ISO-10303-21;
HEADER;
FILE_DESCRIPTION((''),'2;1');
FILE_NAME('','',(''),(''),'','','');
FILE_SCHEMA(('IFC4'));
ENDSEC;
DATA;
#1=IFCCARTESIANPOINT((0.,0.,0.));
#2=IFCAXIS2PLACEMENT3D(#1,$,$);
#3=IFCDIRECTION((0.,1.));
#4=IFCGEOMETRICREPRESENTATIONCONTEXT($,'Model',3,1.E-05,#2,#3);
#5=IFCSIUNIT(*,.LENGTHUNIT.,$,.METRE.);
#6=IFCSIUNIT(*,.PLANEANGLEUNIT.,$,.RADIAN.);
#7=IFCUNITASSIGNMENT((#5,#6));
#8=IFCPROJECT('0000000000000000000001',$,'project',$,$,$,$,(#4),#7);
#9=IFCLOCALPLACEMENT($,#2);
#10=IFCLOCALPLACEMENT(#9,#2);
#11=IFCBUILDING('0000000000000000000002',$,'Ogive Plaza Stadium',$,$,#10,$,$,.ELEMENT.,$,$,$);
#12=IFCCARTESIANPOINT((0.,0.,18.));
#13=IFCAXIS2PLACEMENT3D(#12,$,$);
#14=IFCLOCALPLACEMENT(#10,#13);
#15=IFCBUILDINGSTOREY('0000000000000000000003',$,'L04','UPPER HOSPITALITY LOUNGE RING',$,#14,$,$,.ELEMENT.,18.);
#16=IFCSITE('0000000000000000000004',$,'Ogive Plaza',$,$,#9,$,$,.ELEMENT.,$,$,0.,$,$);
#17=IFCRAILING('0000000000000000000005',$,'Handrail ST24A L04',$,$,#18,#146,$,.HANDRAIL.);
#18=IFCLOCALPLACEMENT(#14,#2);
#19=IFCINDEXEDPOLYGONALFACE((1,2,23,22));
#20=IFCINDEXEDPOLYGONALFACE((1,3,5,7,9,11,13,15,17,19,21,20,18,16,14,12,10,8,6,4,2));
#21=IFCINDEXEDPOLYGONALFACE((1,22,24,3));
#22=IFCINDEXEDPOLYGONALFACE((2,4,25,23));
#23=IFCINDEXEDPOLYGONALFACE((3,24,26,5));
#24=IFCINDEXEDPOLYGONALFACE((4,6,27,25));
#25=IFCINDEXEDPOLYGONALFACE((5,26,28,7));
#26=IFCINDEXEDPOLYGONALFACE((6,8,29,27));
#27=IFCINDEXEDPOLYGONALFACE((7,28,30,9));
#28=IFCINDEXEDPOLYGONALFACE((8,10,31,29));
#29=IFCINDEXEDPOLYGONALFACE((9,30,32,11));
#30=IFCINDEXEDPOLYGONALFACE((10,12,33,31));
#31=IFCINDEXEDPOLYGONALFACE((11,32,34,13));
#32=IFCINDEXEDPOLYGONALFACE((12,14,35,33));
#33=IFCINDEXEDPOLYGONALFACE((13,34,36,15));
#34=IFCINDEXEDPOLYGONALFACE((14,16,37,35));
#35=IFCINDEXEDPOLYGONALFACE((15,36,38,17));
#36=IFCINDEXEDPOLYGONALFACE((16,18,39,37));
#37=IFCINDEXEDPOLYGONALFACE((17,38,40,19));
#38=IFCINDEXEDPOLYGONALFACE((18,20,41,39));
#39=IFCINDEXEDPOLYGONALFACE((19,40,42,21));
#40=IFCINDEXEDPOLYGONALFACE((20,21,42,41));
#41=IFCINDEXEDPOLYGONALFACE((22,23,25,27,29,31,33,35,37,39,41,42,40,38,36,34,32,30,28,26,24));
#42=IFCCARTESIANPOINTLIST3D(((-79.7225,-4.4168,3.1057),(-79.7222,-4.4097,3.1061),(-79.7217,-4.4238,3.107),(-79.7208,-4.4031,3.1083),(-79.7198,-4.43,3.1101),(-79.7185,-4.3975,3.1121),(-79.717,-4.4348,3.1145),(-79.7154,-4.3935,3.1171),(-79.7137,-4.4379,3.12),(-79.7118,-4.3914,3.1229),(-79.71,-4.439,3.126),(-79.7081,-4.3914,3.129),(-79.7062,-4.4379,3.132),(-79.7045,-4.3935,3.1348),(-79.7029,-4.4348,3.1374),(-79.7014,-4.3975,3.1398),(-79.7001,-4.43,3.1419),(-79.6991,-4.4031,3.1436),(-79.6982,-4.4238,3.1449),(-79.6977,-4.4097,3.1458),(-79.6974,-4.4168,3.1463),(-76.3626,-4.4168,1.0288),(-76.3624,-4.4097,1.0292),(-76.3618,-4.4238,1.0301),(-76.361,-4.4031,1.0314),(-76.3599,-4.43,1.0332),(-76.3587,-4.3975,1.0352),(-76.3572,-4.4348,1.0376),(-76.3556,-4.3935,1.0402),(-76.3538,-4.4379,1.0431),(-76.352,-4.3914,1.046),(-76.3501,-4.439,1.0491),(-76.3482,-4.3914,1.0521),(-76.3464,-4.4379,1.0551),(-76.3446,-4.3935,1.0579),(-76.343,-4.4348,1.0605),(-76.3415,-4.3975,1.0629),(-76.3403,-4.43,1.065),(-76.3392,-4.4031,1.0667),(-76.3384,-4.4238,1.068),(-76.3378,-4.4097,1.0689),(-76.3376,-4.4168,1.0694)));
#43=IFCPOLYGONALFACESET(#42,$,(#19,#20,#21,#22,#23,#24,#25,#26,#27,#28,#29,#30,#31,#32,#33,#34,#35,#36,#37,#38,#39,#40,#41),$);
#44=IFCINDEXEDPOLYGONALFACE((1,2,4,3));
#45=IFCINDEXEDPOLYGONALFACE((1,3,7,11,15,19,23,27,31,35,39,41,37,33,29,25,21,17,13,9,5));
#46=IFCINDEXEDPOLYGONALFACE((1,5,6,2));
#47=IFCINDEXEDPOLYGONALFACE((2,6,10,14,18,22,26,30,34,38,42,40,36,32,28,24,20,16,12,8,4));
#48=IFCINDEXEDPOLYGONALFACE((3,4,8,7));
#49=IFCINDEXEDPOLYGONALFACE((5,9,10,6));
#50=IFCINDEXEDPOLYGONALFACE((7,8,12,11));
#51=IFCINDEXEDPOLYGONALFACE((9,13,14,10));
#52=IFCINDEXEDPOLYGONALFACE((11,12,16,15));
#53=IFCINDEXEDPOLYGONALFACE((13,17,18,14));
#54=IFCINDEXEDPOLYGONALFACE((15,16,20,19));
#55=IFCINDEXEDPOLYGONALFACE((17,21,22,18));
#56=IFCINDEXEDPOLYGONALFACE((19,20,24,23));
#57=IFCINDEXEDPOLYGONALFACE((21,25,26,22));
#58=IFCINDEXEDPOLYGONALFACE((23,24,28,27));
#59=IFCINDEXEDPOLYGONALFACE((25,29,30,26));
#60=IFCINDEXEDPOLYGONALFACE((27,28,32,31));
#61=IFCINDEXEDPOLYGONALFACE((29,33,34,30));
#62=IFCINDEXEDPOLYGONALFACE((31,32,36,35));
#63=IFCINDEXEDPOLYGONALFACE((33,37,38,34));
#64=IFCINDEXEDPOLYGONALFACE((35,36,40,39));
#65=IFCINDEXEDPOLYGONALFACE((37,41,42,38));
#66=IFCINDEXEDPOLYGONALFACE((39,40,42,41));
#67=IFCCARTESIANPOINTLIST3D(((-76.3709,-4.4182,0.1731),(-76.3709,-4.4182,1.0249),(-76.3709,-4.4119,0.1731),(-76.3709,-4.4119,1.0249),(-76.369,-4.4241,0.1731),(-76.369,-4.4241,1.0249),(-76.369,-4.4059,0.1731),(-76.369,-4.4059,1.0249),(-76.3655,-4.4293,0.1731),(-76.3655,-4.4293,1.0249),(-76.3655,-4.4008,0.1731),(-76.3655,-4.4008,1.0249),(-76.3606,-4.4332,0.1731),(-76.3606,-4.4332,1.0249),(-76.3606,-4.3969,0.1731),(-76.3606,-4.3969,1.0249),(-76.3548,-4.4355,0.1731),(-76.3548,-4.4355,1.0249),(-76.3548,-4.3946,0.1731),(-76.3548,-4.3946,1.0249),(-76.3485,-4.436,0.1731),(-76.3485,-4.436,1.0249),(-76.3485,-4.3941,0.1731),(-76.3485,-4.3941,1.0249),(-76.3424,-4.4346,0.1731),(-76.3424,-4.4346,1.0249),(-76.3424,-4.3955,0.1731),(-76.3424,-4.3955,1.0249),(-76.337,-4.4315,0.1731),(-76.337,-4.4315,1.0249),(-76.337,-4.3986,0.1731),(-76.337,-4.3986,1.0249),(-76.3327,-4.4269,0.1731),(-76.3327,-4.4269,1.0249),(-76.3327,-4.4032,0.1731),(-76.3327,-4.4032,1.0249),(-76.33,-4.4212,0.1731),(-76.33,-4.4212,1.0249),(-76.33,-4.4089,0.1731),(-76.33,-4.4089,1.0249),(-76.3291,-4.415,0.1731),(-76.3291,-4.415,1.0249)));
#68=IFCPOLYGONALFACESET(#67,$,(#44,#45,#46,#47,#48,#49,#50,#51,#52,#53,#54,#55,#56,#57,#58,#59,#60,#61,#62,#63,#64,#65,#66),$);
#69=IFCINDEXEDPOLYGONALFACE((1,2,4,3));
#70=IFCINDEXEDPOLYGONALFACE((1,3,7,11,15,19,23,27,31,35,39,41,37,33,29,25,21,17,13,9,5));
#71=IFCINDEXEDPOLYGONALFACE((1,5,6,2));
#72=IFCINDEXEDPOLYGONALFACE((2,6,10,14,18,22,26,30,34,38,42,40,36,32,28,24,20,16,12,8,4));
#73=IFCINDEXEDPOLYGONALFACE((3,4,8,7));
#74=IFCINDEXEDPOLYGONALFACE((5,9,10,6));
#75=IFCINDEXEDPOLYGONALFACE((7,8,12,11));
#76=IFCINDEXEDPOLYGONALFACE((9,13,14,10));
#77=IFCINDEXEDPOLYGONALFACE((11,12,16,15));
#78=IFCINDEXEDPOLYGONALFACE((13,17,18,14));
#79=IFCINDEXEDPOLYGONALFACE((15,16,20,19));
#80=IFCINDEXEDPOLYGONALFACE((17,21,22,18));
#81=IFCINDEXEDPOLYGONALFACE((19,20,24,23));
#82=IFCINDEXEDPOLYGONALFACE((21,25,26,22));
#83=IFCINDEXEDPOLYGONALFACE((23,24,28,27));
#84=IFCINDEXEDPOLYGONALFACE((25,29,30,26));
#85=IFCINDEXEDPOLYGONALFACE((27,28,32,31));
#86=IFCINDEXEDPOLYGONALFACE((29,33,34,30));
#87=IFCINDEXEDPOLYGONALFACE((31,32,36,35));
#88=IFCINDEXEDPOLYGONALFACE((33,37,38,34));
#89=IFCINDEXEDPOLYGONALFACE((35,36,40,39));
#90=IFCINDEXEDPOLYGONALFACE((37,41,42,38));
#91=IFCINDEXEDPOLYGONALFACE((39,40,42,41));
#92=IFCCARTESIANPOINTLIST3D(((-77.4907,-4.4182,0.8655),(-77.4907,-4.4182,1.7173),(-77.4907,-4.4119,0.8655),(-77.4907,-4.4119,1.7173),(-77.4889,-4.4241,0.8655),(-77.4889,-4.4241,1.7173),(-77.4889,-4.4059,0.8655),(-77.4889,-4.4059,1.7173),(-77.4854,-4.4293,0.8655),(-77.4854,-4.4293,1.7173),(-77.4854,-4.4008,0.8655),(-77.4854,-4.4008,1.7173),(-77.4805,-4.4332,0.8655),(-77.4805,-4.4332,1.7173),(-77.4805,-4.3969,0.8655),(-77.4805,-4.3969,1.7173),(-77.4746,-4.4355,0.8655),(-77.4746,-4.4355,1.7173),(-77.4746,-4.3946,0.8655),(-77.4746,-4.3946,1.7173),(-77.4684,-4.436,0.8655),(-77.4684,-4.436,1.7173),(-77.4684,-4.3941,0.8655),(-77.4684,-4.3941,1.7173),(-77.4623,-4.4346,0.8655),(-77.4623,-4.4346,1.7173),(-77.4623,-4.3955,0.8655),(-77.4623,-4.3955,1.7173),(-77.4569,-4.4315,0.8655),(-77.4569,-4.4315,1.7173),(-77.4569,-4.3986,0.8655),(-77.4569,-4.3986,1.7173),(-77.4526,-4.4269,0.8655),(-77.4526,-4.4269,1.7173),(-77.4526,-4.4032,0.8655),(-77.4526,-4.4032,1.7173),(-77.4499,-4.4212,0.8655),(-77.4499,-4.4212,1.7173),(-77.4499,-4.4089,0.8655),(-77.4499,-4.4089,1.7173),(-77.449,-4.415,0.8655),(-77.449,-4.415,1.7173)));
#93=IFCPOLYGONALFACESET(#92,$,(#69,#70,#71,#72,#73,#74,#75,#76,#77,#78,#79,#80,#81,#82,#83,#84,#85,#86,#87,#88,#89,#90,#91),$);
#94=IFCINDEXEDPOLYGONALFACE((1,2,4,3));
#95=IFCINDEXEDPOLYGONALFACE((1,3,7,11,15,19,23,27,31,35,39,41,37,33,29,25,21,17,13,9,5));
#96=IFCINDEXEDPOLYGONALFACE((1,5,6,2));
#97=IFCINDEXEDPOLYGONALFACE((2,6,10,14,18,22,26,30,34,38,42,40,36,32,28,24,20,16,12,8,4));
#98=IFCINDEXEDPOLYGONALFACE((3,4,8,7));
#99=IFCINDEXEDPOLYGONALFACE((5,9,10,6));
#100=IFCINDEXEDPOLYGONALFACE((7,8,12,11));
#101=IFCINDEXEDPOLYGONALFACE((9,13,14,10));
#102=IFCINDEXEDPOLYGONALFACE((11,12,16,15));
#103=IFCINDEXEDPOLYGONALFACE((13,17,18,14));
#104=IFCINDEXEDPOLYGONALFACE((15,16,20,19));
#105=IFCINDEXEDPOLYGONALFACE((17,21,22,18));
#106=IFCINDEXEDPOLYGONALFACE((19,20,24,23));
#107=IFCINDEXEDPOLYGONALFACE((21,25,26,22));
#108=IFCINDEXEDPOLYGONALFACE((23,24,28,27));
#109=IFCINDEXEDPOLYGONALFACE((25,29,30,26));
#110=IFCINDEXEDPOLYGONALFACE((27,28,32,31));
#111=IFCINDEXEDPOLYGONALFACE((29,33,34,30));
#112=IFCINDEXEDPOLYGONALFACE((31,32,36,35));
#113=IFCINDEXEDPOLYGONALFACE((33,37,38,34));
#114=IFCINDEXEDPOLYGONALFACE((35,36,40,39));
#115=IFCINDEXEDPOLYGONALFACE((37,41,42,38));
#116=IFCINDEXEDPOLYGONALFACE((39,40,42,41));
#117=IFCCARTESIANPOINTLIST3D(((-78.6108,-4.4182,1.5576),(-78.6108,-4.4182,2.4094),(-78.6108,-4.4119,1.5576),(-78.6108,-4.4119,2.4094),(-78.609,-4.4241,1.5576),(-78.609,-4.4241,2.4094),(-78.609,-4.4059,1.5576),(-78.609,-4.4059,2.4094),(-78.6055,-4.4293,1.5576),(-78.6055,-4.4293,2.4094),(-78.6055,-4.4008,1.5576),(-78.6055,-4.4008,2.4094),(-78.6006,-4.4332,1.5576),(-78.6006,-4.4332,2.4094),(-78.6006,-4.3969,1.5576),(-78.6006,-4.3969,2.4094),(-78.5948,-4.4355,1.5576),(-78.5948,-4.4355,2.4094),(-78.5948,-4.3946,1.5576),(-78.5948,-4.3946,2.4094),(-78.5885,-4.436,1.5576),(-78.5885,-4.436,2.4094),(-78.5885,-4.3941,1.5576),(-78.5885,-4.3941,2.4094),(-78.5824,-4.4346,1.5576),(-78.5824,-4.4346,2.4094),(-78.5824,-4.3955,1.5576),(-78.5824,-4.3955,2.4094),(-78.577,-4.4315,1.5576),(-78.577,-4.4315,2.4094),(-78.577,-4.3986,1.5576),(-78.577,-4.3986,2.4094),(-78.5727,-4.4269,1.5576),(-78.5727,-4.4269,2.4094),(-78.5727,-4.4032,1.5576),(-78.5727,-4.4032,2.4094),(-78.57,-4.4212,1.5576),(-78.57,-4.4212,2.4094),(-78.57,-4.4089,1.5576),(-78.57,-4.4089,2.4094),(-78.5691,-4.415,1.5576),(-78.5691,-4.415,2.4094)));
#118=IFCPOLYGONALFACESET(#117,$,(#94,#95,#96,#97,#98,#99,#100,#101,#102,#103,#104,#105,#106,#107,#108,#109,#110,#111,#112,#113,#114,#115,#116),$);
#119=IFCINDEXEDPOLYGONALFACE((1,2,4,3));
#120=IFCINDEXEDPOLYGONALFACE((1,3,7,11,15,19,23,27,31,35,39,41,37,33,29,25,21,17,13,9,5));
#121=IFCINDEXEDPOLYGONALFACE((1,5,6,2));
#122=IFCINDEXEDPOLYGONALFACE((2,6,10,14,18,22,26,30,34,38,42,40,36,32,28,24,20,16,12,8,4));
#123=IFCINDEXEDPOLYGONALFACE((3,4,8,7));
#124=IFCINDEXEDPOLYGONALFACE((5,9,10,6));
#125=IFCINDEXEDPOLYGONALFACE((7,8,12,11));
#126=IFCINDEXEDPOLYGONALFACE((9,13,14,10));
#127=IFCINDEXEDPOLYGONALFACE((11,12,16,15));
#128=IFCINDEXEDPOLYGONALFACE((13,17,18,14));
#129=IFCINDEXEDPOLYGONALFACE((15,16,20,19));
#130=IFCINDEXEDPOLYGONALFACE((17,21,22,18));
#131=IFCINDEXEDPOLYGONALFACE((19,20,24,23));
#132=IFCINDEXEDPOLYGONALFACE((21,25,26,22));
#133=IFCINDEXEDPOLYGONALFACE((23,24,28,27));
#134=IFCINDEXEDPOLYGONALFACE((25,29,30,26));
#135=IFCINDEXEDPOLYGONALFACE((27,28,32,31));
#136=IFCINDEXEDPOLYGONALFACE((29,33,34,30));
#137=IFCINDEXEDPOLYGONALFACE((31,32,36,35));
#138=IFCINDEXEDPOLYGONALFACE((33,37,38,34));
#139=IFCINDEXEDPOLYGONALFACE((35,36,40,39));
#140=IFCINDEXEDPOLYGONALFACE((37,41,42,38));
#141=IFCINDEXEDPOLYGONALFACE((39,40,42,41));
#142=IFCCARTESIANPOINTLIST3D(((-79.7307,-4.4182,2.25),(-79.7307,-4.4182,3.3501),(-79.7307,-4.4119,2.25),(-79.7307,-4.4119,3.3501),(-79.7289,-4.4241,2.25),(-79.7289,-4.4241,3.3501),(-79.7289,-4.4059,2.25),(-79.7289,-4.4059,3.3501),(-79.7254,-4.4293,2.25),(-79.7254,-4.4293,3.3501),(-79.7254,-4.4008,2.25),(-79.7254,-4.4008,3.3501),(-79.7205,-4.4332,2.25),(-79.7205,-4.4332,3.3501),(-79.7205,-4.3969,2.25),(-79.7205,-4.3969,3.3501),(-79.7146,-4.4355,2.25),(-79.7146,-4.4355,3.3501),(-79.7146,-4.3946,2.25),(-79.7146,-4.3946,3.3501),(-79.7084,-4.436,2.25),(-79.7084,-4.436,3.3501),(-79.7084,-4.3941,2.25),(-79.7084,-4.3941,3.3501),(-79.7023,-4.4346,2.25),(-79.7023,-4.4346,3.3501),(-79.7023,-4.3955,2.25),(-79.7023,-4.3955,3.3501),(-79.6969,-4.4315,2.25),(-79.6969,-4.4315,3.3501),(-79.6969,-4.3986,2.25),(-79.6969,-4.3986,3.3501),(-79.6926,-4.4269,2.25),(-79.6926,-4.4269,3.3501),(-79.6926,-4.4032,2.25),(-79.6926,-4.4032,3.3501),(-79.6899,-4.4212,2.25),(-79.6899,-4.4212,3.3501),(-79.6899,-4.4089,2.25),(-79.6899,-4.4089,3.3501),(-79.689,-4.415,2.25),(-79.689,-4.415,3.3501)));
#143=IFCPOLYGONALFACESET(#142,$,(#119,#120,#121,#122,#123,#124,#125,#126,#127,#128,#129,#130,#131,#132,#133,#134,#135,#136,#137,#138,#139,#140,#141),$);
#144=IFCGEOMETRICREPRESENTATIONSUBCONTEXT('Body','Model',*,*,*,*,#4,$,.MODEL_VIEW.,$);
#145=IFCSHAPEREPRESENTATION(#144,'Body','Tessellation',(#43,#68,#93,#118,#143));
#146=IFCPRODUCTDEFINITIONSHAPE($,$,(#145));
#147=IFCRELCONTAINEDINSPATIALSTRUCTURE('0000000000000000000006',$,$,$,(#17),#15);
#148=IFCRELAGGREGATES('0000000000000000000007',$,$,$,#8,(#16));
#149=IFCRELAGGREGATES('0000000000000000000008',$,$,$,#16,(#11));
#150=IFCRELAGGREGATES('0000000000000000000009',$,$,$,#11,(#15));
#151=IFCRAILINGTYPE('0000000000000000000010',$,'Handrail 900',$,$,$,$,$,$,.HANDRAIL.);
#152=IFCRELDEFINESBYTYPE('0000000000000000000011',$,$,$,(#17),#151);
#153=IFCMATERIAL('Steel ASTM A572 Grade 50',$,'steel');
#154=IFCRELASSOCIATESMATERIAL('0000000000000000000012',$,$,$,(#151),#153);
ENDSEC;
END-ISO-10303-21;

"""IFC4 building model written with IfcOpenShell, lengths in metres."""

from ifc_helpers import new_model, si_unit, direction, frame, origin, origin_2d, place, context, subcontext, project, spatial, circle, extrude, material, type_object, element, save


model = new_model("IFC4")

# Units and contexts
model_context = context("Model", 3, precision=1e-05, world=origin(), true_north=direction((0.0, 1.0)))
body_context = subcontext(model_context, "Body", "Model", "MODEL_VIEW")
ifc_project = project(units=[si_unit("LENGTHUNIT", "METRE"), si_unit("PLANEANGLEUNIT", "RADIAN")], contexts=[model_context])

# Site, building, storey
site_placement = place(None, origin())
site = spatial("IfcSite", under=ifc_project, at=site_placement, Name="Ogive Plaza", CompositionType="ELEMENT", RefElevation=0.0)
building_placement = place(site_placement, origin())
building = spatial("IfcBuilding", under=site, at=building_placement, Name="Ogive Plaza Stadium", CompositionType="ELEMENT")
storey_placement = place(building_placement, frame((0.0, 0.0, 18.0)))
storey = spatial("IfcBuildingStorey", under=building, at=storey_placement, Name="L04", Description="UPPER HOSPITALITY LOUNGE RING", CompositionType="ELEMENT", Elevation=18.0)

# Railing
ifc_material_1 = material(Name="Steel ASTM A572 Grade 50", Category="steel")
railing_type_1 = type_object("IfcRailingType", Name="Handrail 900", PredefinedType="HANDRAIL", material=ifc_material_1)
for number, where, name in (
    (1, (-76.3501, -4.415, 0.1731), "Handrail ST24A L04"),
):
    element("IfcRailing", number, at=place(storey_placement, frame(where)), inside=storey, type_object=railing_type_1, Name=name, PredefinedType="HANDRAIL", context=body_context, shape_type="SweptSolid", body=[
        extrude(circle(Radius=0.0239, at=origin_2d()), frame((0.0, 0.0, 0.876), z_axis=(-0.850606, 0.0, 0.525803), x_axis=(0.0, -1.0, 0.0)), (0.0, 0.0, 1.0), 3.95),
        extrude(circle(Radius=0.021, at=origin_2d()), origin(), (0.0, 0.0, 1.0), 0.8518),
        extrude(circle(Radius=0.021, at=origin_2d()), frame((-1.1199, 0.0, 0.6924)), (0.0, 0.0, 1.0), 0.8518),
        extrude(circle(Radius=0.021, at=origin_2d()), frame((-2.24, 0.0, 1.3845)), (0.0, 0.0, 1.0), 0.8518),
        extrude(circle(Radius=0.021, at=origin_2d()), frame((-3.3599, 0.0, 2.0769)), (0.0, 0.0, 1.0), 1.1001),
    ])

save(model, "model.ifc")
